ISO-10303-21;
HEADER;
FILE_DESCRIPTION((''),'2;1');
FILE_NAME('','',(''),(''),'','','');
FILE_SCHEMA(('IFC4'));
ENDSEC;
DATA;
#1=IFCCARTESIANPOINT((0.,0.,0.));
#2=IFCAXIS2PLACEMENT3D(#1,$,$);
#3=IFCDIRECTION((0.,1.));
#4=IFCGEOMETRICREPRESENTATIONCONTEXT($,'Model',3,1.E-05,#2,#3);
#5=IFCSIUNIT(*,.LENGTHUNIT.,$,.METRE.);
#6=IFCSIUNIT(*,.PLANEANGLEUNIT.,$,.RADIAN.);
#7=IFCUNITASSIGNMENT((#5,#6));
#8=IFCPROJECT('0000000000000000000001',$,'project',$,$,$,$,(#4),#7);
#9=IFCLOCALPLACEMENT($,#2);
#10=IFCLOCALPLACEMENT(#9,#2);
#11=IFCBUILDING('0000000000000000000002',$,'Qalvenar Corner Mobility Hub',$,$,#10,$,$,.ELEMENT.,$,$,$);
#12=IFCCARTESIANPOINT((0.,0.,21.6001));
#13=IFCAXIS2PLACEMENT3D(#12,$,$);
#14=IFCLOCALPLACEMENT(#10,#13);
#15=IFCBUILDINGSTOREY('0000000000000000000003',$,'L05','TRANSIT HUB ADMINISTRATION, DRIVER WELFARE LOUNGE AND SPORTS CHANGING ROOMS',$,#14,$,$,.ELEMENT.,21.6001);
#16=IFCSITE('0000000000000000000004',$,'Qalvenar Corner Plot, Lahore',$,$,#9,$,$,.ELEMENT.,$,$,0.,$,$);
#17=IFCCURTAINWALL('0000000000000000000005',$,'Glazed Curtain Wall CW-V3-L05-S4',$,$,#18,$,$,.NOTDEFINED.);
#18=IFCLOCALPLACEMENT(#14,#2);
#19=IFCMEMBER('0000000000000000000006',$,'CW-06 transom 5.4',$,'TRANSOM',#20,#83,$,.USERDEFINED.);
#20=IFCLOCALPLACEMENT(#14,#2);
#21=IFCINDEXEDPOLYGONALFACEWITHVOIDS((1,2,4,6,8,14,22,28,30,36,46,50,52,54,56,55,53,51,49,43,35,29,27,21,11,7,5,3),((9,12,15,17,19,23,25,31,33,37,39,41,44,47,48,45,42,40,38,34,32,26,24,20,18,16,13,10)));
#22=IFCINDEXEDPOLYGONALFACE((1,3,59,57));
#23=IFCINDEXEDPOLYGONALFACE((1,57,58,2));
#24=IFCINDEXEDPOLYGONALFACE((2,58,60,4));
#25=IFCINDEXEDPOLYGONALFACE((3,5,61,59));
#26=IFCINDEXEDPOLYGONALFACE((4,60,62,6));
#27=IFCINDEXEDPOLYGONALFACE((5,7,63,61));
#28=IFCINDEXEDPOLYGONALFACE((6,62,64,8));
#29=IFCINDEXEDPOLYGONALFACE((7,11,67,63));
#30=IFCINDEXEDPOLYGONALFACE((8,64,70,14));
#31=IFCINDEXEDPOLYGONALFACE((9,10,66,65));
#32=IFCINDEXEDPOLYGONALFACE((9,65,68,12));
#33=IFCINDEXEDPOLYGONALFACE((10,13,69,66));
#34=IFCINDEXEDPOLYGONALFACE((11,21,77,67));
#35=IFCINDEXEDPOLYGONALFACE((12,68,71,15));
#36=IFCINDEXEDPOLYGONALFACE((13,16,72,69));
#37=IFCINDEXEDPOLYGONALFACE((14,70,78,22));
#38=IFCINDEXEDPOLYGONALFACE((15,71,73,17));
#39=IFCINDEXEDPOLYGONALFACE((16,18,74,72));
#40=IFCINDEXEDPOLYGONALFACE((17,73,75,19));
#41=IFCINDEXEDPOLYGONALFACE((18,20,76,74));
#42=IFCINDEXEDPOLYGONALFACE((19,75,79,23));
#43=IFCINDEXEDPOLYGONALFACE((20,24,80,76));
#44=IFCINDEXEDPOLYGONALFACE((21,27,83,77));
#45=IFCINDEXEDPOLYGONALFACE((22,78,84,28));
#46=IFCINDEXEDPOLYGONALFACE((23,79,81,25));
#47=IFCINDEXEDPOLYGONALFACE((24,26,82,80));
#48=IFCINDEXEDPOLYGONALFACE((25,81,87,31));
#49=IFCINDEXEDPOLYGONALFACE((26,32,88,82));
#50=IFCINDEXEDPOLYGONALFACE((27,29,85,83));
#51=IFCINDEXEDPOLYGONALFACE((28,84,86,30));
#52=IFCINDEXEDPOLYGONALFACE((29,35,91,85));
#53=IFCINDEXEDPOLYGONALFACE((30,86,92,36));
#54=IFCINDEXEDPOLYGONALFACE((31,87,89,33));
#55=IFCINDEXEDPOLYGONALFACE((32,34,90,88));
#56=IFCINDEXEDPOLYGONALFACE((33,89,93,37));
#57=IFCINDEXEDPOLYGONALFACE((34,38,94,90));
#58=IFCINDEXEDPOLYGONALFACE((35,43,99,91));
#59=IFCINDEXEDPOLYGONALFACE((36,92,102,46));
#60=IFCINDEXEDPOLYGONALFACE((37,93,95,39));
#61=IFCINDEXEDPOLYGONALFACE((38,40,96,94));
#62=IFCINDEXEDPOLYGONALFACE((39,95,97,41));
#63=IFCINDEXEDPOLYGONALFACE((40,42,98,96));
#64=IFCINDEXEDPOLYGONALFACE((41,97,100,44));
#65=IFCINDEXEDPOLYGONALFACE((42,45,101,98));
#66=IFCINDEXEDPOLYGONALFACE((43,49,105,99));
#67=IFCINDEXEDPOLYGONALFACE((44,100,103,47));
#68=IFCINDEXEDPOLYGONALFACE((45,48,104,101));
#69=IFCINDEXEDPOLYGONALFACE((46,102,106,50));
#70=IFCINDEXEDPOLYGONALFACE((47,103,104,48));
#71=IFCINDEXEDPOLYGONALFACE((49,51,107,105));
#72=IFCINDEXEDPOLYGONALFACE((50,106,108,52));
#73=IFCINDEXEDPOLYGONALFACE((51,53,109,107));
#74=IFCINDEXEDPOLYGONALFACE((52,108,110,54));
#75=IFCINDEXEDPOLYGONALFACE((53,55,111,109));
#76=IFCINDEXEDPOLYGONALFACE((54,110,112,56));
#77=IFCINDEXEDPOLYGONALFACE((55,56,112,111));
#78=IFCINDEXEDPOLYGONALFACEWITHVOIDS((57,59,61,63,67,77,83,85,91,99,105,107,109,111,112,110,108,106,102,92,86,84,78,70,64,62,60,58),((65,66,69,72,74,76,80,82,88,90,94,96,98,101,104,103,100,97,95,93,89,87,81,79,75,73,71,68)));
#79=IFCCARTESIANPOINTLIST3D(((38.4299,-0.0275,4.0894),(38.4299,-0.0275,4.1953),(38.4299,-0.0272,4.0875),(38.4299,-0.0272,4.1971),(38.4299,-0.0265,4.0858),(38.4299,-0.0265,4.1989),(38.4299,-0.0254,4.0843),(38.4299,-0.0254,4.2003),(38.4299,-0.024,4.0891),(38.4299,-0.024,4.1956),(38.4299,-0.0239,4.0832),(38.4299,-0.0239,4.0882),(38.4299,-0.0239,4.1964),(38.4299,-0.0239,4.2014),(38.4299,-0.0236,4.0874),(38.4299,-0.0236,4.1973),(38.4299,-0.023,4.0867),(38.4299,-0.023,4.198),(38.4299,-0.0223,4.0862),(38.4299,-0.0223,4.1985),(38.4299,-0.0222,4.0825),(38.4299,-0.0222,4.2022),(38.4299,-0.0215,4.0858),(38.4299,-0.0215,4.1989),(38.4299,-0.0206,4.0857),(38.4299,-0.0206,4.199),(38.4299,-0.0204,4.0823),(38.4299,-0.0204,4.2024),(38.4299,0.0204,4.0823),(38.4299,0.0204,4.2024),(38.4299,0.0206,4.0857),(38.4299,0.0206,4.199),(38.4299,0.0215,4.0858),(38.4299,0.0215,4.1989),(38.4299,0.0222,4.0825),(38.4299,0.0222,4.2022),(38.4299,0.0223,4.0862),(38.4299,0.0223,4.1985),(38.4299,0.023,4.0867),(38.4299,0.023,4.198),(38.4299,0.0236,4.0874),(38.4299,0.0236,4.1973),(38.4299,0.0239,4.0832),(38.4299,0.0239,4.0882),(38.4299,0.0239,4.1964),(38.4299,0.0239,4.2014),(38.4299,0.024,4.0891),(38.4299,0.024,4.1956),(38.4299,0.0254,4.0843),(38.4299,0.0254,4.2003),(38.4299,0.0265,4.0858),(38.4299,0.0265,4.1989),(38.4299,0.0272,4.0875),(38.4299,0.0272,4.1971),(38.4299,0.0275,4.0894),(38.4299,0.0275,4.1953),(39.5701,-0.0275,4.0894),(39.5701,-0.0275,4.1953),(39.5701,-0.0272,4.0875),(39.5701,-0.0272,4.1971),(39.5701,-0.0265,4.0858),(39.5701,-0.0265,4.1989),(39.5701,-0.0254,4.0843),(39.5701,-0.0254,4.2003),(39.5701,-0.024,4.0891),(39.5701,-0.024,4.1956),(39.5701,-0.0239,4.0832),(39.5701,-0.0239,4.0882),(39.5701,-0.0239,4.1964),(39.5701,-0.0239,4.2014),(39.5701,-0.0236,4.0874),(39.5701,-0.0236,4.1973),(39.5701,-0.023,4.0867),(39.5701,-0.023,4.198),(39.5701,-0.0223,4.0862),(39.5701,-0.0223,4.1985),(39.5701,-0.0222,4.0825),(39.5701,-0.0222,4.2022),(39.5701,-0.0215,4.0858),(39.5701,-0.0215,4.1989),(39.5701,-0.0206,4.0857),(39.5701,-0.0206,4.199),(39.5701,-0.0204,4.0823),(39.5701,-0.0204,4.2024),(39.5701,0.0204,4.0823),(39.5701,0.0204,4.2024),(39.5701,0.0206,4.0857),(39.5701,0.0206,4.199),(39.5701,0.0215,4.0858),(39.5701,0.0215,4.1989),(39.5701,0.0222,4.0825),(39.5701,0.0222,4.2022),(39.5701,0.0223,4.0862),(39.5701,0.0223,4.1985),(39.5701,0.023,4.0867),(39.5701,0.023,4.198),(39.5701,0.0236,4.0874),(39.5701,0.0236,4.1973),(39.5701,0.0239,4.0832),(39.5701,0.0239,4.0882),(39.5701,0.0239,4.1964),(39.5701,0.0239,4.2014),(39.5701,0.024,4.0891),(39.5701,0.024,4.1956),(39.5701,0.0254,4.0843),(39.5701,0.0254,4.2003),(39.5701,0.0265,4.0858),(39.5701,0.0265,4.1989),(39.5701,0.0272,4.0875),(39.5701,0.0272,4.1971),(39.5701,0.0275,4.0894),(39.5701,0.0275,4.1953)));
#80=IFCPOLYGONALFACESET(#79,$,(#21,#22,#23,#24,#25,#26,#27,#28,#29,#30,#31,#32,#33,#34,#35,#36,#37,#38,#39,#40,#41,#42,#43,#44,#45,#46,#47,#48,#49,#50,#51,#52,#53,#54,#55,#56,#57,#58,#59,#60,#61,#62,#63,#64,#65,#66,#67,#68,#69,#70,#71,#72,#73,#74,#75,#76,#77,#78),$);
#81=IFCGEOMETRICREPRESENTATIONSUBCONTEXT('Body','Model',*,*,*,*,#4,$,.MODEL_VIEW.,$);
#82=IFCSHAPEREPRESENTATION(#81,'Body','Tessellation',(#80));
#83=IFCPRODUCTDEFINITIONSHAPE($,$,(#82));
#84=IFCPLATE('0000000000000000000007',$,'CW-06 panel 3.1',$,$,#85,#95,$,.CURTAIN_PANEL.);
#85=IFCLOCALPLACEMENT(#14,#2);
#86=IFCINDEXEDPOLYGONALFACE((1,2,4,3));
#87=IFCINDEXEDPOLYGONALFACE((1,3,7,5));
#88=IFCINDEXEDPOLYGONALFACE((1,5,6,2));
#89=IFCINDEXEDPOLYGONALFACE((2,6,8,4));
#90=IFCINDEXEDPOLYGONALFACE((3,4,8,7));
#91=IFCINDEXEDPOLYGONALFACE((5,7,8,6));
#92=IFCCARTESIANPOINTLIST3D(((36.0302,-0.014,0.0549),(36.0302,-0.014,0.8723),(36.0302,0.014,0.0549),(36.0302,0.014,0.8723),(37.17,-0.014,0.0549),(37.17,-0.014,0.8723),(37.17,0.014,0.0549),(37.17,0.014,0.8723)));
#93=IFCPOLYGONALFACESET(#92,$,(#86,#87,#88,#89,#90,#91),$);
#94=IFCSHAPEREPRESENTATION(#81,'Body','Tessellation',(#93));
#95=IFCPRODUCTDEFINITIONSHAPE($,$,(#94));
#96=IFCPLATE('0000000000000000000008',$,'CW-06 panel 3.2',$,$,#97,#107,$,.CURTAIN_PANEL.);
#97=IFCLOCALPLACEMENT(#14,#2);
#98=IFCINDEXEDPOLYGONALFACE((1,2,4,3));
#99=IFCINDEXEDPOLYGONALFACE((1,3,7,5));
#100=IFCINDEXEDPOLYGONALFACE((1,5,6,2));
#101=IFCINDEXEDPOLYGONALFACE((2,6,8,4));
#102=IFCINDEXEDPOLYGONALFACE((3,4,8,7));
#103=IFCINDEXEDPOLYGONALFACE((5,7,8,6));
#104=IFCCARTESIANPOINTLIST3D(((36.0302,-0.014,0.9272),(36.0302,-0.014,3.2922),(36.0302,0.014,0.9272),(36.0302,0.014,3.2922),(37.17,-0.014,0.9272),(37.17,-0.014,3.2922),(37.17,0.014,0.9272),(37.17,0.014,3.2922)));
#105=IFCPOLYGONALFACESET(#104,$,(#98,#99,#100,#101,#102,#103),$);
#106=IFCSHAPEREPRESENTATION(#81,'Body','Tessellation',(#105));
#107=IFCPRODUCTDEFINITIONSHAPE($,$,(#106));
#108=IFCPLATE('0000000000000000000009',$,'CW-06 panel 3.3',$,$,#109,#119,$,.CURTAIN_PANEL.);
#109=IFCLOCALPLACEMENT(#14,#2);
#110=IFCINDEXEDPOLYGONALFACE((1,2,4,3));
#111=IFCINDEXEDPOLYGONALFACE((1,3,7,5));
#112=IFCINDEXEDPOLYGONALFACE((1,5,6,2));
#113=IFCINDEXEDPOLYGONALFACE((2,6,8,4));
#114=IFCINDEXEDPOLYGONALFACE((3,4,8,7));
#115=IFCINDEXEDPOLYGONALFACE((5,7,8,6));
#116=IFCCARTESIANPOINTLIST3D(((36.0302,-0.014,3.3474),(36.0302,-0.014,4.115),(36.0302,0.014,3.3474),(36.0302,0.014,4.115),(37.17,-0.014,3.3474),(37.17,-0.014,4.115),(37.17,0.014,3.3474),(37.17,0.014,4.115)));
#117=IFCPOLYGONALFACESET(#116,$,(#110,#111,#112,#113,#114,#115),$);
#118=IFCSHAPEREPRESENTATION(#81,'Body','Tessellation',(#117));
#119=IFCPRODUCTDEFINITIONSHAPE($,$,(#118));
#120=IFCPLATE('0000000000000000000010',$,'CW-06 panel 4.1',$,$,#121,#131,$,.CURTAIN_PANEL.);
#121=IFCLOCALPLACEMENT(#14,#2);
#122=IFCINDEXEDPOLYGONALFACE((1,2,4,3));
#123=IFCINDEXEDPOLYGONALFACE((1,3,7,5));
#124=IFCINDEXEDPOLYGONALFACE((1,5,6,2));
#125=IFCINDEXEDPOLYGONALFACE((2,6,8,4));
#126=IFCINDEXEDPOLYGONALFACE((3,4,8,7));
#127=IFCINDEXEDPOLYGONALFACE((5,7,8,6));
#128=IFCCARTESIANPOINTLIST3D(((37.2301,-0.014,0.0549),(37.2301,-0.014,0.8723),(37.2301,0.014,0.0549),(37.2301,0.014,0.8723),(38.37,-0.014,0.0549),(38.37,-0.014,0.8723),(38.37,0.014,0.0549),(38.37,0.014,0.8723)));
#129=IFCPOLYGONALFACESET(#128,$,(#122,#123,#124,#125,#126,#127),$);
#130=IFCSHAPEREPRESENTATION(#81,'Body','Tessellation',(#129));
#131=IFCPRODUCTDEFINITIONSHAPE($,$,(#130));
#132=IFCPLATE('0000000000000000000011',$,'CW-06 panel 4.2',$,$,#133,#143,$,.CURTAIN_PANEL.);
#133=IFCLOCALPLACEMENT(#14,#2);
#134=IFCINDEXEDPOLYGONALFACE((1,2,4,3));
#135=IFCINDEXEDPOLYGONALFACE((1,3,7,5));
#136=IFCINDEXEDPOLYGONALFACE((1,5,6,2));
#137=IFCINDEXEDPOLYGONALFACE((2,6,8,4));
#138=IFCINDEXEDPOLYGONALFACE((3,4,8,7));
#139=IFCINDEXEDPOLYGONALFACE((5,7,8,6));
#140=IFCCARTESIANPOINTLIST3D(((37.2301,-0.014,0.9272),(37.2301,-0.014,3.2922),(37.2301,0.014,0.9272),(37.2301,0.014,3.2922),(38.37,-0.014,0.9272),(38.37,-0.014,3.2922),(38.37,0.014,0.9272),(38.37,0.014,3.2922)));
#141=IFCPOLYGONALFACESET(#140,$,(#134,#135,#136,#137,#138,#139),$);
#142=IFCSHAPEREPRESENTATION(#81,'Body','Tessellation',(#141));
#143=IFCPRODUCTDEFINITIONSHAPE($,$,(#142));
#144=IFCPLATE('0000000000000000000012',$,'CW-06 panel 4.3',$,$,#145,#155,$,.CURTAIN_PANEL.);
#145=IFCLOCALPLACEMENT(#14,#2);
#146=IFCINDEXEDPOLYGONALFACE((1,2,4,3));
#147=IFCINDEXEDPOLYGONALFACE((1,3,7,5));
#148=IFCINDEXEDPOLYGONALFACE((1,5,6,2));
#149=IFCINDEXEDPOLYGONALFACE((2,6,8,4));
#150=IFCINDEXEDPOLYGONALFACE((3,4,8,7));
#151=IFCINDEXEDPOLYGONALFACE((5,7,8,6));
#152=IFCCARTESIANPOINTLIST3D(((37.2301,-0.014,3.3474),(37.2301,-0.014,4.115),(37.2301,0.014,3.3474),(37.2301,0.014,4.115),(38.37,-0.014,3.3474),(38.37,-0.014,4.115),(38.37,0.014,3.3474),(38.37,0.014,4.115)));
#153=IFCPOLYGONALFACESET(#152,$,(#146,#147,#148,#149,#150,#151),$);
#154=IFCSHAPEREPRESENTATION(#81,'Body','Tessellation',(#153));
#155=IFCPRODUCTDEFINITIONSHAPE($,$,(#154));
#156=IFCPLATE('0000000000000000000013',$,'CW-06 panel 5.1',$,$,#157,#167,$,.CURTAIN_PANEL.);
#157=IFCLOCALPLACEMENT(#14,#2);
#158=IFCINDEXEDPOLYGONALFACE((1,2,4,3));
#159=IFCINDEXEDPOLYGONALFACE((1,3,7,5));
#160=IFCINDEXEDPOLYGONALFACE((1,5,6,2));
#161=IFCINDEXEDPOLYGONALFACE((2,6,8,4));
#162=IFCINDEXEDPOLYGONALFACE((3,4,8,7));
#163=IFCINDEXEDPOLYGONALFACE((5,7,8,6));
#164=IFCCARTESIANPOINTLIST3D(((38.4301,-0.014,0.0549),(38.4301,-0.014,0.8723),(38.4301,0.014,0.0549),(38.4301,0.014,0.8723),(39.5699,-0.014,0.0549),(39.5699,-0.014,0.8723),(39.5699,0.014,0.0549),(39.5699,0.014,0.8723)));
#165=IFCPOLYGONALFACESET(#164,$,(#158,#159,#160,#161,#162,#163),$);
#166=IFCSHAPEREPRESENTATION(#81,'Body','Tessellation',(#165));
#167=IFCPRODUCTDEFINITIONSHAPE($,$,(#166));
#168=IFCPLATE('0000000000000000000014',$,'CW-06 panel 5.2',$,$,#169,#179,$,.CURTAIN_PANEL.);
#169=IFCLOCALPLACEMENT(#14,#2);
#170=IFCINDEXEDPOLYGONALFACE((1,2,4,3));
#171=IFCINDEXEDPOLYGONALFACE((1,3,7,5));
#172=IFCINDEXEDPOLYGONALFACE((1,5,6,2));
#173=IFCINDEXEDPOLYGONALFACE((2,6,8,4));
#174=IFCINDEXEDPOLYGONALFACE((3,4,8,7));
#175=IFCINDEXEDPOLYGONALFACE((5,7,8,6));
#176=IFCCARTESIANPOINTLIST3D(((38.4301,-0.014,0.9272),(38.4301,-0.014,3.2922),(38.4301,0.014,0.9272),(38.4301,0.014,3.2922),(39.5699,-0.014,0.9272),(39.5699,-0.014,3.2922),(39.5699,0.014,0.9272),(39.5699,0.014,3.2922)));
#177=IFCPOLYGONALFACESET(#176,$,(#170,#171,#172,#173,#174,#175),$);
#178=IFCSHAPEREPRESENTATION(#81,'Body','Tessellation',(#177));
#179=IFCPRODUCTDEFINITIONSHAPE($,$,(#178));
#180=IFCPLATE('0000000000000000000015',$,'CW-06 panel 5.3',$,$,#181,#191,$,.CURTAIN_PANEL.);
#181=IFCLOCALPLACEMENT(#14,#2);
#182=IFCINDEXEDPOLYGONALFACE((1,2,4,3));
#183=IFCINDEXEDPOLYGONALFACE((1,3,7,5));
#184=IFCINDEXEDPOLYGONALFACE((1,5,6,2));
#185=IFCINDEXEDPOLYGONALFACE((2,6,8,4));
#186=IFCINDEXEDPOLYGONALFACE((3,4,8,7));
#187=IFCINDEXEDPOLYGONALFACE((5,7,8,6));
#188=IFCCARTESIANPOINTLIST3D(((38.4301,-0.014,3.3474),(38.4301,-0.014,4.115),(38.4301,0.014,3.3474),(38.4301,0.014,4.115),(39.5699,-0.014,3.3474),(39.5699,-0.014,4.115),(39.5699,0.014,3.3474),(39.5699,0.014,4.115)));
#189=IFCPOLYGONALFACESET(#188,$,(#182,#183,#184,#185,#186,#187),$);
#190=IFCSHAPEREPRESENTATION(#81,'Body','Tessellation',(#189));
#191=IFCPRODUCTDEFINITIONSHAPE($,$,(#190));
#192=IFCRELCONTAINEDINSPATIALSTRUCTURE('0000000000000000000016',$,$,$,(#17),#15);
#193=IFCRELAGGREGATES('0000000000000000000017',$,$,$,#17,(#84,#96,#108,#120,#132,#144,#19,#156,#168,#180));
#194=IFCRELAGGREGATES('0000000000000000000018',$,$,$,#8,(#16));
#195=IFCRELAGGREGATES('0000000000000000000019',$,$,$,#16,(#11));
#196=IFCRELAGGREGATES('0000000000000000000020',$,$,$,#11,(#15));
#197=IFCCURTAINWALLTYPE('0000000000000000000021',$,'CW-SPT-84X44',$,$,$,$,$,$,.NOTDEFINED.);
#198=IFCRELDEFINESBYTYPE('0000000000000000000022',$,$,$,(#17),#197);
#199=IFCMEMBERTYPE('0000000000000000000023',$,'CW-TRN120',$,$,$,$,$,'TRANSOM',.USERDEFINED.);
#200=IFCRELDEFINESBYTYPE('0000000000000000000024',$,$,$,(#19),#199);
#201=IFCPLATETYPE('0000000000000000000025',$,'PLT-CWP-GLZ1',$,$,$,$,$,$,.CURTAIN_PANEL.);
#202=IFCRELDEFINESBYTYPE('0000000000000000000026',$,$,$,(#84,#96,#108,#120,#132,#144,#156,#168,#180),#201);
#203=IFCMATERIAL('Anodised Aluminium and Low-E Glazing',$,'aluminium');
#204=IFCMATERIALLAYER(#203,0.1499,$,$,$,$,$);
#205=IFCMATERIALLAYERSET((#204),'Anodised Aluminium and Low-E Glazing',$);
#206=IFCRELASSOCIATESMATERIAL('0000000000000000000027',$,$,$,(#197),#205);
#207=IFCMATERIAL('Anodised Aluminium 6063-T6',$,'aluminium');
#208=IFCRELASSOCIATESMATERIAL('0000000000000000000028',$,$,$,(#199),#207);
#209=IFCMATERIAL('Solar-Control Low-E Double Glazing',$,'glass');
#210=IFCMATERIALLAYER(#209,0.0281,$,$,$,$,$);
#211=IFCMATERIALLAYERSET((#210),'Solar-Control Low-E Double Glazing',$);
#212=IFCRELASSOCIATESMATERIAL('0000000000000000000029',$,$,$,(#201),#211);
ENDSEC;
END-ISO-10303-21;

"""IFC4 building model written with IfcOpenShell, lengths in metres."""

from ifc_helpers import new_model, si_unit, direction, frame, origin, origin_2d, place, context, subcontext, project, spatial, rectangle, hollow_rectangle, extrude, material, layer, layer_set, material_profile, profile_set, type_object, element, aggregate, save


model = new_model("IFC4")

# Units and contexts
model_context = context("Model", 3, precision=1e-05, world=origin(), true_north=direction((0.0, 1.0)))
body_context = subcontext(model_context, "Body", "Model", "MODEL_VIEW")
ifc_project = project(units=[si_unit("LENGTHUNIT", "METRE"), si_unit("PLANEANGLEUNIT", "RADIAN")], contexts=[model_context])

# Site, building, storey
site_placement = place(None, origin())
site = spatial("IfcSite", under=ifc_project, at=site_placement, Name="Qalvenar Corner Plot, Lahore", CompositionType="ELEMENT", RefElevation=0.0)
building_placement = place(site_placement, origin())
building = spatial("IfcBuilding", under=site, at=building_placement, Name="Qalvenar Corner Mobility Hub", CompositionType="ELEMENT")
storey_placement = place(building_placement, frame((0.0, 0.0, 21.6001)))
storey = spatial("IfcBuildingStorey", under=building, at=storey_placement, Name="L05", Description="TRANSIT HUB ADMINISTRATION, DRIVER WELFARE LOUNGE AND SPORTS CHANGING ROOMS", CompositionType="ELEMENT", Elevation=21.6001)

# Curtain wall, member, plates
ifc_material_1 = material(Name="Anodised Aluminium and Low-E Glazing", Category="aluminium")
ifc_layer_1 = layer(ifc_material_1, 0.1499)
ifc_layer_set_1 = layer_set([ifc_layer_1], Name="Anodised Aluminium and Low-E Glazing")
curtain_wall_type = type_object("IfcCurtainWallType", Name="CW-SPT-84X44", PredefinedType="NOTDEFINED", material=ifc_layer_set_1)
curtain_wall_placement = place(storey_placement, origin())
curtain_wall = element("IfcCurtainWall", 1, at=curtain_wall_placement, inside=storey, type_object=curtain_wall_type, Name="Glazed Curtain Wall CW-V3-L05-S4", PredefinedType="NOTDEFINED")
ifc_material_2 = material(Name="Anodised Aluminium 6063-T6", Category="aluminium")
ifc_material_profile_1 = material_profile(ifc_material_2, hollow_rectangle(XDim=0.0549, YDim=0.1201, WallThickness=0.0034, InnerFilletRadius=0.0034, OuterFilletRadius=0.0071, at=origin_2d()), Name="RHS120x55x3.5")
ifc_profile_set_1 = profile_set([ifc_material_profile_1], Name="Anodised Aluminium 6063-T6")
member_type_1 = type_object("IfcMemberType", Name="CW-TRN120", ElementType="TRANSOM", PredefinedType="USERDEFINED", material=ifc_profile_set_1)
member_1_placement = place(storey_placement, frame((38.4299, 0.0, 4.1423), z_axis=(1.0, 0.0, 0.0), x_axis=(0.0, 1.0, 0.0)))
member_1 = element("IfcMember", 2, at=member_1_placement, type_object=member_type_1, Name="CW-06 transom 5.4", ObjectType="TRANSOM", PredefinedType="USERDEFINED", context=body_context, shape_type="SweptSolid", body=[
    extrude(hollow_rectangle(XDim=0.0549, YDim=0.1201, WallThickness=0.0034, InnerFilletRadius=0.0034, OuterFilletRadius=0.0071, at=origin_2d()), origin(), (0.0, 0.0, 1.0), 1.1401),
])
ifc_material_3 = material(Name="Solar-Control Low-E Double Glazing", Category="glass")
ifc_layer_2 = layer(ifc_material_3, 0.0281)
ifc_layer_set_2 = layer_set([ifc_layer_2], Name="Solar-Control Low-E Double Glazing")
plate_type = type_object("IfcPlateType", Name="PLT-CWP-GLZ1", PredefinedType="CURTAIN_PANEL", material=ifc_layer_set_2)
plate_1_placement = place(storey_placement, frame((36.6001, 0.0, 0.0549), z_axis=(0.0, 0.0, 1.0), x_axis=(1.0, 0.0, 0.0)))
plate_1 = element("IfcPlate", 3, at=plate_1_placement, type_object=plate_type, Name="CW-06 panel 3.1", PredefinedType="CURTAIN_PANEL", context=body_context, shape_type="SweptSolid", body=[
    extrude(rectangle(XDim=1.1399, YDim=0.0281, at=origin_2d()), origin(), (0.0, 0.0, 1.0), 0.8174),
])
plate_2_placement = place(storey_placement, frame((36.6001, 0.0, 0.9272), z_axis=(0.0, 0.0, 1.0), x_axis=(1.0, 0.0, 0.0)))
plate_2 = element("IfcPlate", 4, at=plate_2_placement, type_object=plate_type, Name="CW-06 panel 3.2", PredefinedType="CURTAIN_PANEL", context=body_context, shape_type="SweptSolid", body=[
    extrude(rectangle(XDim=1.1399, YDim=0.0281, at=origin_2d()), origin(), (0.0, 0.0, 1.0), 2.365),
])
plate_3_placement = place(storey_placement, frame((36.6001, 0.0, 3.3474), z_axis=(0.0, 0.0, 1.0), x_axis=(1.0, 0.0, 0.0)))
plate_3 = element("IfcPlate", 5, at=plate_3_placement, type_object=plate_type, Name="CW-06 panel 3.3", PredefinedType="CURTAIN_PANEL", context=body_context, shape_type="SweptSolid", body=[
    extrude(rectangle(XDim=1.1399, YDim=0.0281, at=origin_2d()), origin(), (0.0, 0.0, 1.0), 0.7676),
])
plate_4_placement = place(storey_placement, frame((37.8, 0.0, 0.0549), z_axis=(0.0, 0.0, 1.0), x_axis=(1.0, 0.0, 0.0)))
plate_4 = element("IfcPlate", 6, at=plate_4_placement, type_object=plate_type, Name="CW-06 panel 4.1", PredefinedType="CURTAIN_PANEL", context=body_context, shape_type="SweptSolid", body=[
    extrude(rectangle(XDim=1.1399, YDim=0.0281, at=origin_2d()), origin(), (0.0, 0.0, 1.0), 0.8174),
])
plate_5_placement = place(storey_placement, frame((37.8, 0.0, 0.9272), z_axis=(0.0, 0.0, 1.0), x_axis=(1.0, 0.0, 0.0)))
plate_5 = element("IfcPlate", 7, at=plate_5_placement, type_object=plate_type, Name="CW-06 panel 4.2", PredefinedType="CURTAIN_PANEL", context=body_context, shape_type="SweptSolid", body=[
    extrude(rectangle(XDim=1.1399, YDim=0.0281, at=origin_2d()), origin(), (0.0, 0.0, 1.0), 2.365),
])
plate_6_placement = place(storey_placement, frame((37.8, 0.0, 3.3474), z_axis=(0.0, 0.0, 1.0), x_axis=(1.0, 0.0, 0.0)))
plate_6 = element("IfcPlate", 8, at=plate_6_placement, type_object=plate_type, Name="CW-06 panel 4.3", PredefinedType="CURTAIN_PANEL", context=body_context, shape_type="SweptSolid", body=[
    extrude(rectangle(XDim=1.1399, YDim=0.0281, at=origin_2d()), origin(), (0.0, 0.0, 1.0), 0.7676),
])
plate_7_placement = place(storey_placement, frame((39.0, 0.0, 0.0549), z_axis=(0.0, 0.0, 1.0), x_axis=(1.0, 0.0, 0.0)))
plate_7 = element("IfcPlate", 9, at=plate_7_placement, type_object=plate_type, Name="CW-06 panel 5.1", PredefinedType="CURTAIN_PANEL", context=body_context, shape_type="SweptSolid", body=[
    extrude(rectangle(XDim=1.1399, YDim=0.0281, at=origin_2d()), origin(), (0.0, 0.0, 1.0), 0.8174),
])
plate_8_placement = place(storey_placement, frame((39.0, 0.0, 0.9272), z_axis=(0.0, 0.0, 1.0), x_axis=(1.0, 0.0, 0.0)))
plate_8 = element("IfcPlate", 10, at=plate_8_placement, type_object=plate_type, Name="CW-06 panel 5.2", PredefinedType="CURTAIN_PANEL", context=body_context, shape_type="SweptSolid", body=[
    extrude(rectangle(XDim=1.1399, YDim=0.0281, at=origin_2d()), origin(), (0.0, 0.0, 1.0), 2.365),
])
plate_9_placement = place(storey_placement, frame((39.0, 0.0, 3.3474), z_axis=(0.0, 0.0, 1.0), x_axis=(1.0, 0.0, 0.0)))
plate_9 = element("IfcPlate", 11, at=plate_9_placement, type_object=plate_type, Name="CW-06 panel 5.3", PredefinedType="CURTAIN_PANEL", context=body_context, shape_type="SweptSolid", body=[
    extrude(rectangle(XDim=1.1399, YDim=0.0281, at=origin_2d()), origin(), (0.0, 0.0, 1.0), 0.7676),
])
aggregate(curtain_wall, [plate_1, plate_2, plate_3, plate_4, plate_5, plate_6, member_1, plate_7, plate_8, plate_9])

save(model, "model.ifc")
